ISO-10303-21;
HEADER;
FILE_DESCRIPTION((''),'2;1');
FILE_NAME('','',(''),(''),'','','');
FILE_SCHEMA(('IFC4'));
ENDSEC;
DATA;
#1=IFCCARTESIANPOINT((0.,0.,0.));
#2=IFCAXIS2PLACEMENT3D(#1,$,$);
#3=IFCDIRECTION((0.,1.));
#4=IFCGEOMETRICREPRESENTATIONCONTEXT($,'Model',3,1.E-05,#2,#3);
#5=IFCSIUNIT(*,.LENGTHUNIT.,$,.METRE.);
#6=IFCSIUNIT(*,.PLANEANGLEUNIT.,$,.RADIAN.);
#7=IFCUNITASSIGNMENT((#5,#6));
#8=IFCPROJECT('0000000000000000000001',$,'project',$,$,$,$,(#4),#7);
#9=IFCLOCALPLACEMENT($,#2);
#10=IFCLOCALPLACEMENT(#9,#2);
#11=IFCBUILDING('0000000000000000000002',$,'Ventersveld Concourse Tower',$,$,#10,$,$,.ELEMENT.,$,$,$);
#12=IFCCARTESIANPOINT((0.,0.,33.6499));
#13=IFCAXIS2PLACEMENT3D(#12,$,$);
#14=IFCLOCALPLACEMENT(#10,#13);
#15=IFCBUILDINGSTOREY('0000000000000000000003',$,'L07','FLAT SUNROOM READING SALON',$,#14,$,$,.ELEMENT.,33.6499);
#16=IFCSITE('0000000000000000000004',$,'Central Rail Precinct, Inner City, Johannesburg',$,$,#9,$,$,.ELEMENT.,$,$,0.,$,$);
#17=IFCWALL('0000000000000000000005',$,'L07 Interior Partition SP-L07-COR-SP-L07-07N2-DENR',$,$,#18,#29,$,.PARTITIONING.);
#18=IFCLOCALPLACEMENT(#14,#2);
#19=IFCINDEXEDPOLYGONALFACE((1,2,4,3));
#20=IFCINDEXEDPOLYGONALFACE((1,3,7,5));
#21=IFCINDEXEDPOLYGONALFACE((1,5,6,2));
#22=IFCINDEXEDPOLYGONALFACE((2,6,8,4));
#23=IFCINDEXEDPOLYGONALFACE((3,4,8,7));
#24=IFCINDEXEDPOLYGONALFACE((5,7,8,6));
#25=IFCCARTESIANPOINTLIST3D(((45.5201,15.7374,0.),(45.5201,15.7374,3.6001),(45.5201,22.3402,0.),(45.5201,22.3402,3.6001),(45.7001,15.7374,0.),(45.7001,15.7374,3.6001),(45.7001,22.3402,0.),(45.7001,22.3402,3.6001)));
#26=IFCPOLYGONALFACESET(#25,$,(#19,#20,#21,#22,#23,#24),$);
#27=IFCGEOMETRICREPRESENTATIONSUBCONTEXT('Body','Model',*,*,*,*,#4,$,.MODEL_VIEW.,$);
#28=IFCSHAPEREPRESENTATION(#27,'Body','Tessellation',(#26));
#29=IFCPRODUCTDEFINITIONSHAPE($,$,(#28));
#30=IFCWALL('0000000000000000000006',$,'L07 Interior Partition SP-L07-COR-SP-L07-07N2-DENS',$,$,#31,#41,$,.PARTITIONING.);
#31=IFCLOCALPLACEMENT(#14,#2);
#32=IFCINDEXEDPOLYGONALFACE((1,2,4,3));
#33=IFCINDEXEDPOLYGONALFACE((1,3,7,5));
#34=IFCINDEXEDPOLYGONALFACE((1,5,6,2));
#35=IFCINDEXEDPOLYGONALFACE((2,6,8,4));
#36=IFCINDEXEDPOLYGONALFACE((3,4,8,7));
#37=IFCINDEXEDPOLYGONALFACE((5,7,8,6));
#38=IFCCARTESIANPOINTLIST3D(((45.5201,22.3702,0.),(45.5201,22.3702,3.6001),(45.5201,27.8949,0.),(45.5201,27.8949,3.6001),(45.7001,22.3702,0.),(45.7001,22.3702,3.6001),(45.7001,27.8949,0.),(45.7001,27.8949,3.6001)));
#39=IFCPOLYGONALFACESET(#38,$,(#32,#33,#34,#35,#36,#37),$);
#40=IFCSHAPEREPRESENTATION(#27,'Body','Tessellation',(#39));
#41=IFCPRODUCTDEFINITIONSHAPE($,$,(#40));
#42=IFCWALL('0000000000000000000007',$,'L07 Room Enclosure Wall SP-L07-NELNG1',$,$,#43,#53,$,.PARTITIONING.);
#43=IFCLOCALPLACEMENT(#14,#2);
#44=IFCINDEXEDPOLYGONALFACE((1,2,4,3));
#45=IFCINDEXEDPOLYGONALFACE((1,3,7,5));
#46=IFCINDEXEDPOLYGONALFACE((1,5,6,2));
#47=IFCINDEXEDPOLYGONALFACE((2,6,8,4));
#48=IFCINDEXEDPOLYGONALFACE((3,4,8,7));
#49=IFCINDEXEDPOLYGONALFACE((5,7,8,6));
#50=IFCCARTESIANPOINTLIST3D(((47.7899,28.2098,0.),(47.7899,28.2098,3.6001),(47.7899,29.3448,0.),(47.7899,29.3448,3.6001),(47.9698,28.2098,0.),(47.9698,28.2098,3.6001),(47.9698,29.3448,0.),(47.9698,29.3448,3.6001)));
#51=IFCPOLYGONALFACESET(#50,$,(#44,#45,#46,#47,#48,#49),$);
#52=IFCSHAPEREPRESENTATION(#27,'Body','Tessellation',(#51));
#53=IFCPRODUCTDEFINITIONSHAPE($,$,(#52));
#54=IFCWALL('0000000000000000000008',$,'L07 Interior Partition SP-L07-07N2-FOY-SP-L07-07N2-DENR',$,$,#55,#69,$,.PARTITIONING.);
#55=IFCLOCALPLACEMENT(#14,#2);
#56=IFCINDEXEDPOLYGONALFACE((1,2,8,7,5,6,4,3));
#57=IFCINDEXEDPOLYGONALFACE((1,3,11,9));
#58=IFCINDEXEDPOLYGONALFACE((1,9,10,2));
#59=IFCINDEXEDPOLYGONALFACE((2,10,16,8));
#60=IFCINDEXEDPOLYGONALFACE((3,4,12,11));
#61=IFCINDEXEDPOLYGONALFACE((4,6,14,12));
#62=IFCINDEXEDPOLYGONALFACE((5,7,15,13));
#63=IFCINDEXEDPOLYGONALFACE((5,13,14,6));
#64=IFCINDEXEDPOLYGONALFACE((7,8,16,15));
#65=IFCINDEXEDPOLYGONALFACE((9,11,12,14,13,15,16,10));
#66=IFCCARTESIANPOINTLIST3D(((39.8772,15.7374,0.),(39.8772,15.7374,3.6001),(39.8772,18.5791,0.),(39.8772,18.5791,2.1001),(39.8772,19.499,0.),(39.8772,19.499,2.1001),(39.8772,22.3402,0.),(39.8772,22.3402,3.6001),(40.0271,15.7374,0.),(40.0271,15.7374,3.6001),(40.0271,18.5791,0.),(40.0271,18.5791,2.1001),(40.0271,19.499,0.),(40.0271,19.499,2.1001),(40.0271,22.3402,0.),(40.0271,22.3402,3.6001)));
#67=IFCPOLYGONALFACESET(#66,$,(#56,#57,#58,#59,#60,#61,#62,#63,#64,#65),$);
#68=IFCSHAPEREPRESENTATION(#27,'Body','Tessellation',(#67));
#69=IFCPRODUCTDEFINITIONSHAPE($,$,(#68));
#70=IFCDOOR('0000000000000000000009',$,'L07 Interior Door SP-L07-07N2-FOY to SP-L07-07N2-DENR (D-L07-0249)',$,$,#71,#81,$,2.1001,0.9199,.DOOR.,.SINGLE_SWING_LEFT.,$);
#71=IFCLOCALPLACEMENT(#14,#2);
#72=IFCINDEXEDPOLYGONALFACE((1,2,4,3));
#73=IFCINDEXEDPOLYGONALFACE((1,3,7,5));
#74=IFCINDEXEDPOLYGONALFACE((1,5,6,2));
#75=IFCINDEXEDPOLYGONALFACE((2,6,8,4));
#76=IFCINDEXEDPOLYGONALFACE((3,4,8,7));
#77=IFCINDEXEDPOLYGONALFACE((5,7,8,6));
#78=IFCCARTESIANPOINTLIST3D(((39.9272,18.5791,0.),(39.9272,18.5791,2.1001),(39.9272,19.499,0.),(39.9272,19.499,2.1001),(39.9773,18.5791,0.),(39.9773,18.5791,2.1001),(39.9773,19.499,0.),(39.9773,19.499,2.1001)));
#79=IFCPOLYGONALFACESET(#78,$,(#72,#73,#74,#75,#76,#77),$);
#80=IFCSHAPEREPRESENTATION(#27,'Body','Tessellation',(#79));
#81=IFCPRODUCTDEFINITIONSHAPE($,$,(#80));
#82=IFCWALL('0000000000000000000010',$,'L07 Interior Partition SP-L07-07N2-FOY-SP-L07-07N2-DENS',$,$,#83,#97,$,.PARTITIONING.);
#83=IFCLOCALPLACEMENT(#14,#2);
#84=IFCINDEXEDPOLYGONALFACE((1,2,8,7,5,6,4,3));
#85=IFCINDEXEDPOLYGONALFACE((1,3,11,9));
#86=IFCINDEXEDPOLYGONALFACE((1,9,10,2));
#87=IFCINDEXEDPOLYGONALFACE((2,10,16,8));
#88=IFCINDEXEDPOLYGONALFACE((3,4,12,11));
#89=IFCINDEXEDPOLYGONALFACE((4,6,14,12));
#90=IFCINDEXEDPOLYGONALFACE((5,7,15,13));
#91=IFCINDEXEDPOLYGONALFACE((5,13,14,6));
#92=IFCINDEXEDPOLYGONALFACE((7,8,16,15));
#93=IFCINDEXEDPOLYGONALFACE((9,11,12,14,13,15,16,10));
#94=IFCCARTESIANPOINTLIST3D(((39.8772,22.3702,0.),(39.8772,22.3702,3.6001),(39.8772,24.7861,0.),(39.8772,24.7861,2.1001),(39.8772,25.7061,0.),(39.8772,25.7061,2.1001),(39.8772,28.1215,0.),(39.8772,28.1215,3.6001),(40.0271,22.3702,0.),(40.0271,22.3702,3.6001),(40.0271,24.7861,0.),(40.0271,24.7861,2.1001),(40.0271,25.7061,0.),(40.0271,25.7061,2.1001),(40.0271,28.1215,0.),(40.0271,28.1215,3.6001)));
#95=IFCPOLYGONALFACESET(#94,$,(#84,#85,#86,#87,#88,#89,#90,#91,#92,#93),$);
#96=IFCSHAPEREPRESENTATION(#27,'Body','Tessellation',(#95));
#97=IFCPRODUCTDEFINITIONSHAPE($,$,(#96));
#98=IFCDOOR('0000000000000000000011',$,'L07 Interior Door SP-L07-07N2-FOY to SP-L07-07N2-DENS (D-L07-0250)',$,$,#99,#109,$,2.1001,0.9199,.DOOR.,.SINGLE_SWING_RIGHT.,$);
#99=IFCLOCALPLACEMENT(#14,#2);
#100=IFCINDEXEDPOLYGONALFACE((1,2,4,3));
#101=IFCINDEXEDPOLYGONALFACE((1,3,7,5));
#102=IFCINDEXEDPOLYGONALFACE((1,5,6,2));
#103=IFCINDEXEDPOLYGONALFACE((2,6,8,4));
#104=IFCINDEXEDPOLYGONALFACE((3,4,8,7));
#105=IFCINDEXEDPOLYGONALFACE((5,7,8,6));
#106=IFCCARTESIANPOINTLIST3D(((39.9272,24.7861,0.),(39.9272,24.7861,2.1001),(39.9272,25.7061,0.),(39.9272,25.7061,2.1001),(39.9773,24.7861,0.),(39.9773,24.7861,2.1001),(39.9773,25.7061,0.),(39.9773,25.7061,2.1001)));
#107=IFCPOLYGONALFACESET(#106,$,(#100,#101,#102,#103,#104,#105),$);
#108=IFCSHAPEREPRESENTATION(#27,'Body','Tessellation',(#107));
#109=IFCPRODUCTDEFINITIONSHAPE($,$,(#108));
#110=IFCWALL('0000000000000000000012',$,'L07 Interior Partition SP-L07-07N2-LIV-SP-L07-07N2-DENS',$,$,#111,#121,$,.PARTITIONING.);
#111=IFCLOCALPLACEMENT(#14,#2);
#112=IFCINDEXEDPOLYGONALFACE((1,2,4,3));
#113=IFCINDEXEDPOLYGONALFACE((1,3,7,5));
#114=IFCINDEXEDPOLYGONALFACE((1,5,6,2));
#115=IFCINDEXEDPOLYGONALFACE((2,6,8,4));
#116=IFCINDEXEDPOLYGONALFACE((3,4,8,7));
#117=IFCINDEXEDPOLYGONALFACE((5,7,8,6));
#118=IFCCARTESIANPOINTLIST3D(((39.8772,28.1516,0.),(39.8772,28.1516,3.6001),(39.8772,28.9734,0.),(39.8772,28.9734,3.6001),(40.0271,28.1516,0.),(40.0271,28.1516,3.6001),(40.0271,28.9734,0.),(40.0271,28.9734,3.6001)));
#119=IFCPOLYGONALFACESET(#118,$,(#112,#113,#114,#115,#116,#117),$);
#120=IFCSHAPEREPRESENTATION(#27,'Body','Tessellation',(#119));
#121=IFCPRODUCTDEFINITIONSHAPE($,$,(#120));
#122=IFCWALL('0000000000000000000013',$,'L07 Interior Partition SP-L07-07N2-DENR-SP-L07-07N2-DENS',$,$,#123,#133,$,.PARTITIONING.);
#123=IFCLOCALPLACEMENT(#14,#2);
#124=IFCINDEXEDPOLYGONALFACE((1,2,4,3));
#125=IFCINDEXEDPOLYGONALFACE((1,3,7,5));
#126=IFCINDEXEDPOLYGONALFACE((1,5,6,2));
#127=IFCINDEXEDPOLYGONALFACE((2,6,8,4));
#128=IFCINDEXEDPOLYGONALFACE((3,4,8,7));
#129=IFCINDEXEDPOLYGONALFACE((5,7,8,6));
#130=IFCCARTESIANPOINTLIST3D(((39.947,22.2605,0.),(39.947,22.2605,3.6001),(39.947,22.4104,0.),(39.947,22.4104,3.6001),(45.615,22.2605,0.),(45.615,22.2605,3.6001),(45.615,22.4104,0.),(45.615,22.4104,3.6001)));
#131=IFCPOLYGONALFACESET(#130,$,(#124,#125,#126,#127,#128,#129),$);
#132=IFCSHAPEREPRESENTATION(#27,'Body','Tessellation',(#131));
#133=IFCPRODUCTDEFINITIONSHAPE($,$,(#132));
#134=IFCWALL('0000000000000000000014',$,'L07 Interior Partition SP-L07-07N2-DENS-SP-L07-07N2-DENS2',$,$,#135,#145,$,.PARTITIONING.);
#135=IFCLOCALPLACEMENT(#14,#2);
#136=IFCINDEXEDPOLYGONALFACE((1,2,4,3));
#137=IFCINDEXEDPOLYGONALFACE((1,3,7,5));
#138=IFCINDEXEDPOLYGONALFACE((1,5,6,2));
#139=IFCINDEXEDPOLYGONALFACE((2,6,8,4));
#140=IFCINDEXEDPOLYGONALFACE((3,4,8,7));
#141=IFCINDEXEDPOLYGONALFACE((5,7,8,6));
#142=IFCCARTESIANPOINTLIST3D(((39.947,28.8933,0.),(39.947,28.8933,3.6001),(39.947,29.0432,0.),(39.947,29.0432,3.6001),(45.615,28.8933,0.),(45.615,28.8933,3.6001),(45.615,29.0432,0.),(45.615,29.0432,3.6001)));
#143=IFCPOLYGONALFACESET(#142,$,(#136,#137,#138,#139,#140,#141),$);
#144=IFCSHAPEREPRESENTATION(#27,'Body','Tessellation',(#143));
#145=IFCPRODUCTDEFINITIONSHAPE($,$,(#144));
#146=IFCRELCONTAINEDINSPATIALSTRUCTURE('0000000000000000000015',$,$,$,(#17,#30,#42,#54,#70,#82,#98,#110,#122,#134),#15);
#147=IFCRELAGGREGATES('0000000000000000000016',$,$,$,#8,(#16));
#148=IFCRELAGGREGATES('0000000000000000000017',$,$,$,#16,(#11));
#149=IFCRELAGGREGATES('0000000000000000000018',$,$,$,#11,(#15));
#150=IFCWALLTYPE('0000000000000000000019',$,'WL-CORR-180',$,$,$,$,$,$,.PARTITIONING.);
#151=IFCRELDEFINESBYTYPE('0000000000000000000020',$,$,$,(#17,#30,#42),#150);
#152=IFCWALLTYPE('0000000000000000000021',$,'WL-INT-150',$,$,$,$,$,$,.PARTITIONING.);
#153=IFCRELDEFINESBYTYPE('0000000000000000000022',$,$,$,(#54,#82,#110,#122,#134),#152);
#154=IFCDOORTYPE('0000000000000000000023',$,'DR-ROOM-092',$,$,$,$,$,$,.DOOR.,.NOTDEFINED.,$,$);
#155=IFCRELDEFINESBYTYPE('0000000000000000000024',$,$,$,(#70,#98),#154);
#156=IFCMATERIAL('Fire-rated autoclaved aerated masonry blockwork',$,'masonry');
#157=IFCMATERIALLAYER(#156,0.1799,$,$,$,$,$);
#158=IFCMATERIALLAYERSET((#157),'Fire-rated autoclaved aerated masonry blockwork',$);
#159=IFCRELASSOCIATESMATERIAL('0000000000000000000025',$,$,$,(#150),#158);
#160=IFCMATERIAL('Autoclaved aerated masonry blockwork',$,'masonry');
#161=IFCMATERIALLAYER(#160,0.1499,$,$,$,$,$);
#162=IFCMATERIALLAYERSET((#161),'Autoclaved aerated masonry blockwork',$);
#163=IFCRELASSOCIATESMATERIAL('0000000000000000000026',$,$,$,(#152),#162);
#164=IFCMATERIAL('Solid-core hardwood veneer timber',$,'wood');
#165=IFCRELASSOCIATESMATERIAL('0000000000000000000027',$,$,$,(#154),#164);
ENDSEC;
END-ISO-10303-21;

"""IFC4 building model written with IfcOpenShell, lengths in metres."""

from ifc_helpers import new_model, si_unit, direction, frame, frame_2d, origin, place, context, subcontext, project, spatial, rectangle, extrude, material, layer, layer_set, type_object, element, fill, save


model = new_model("IFC4")

# Units and contexts
model_context = context("Model", 3, precision=1e-05, world=origin(), true_north=direction((0.0, 1.0)))
body_context = subcontext(model_context, "Body", "Model", "MODEL_VIEW")
ifc_project = project(units=[si_unit("LENGTHUNIT", "METRE"), si_unit("PLANEANGLEUNIT", "RADIAN")], contexts=[model_context])

# Site, building, storey
site_placement = place(None, origin())
site = spatial("IfcSite", under=ifc_project, at=site_placement, Name="Central Rail Precinct, Inner City, Johannesburg", CompositionType="ELEMENT", RefElevation=0.0)
building_placement = place(site_placement, origin())
building = spatial("IfcBuilding", under=site, at=building_placement, Name="Ventersveld Concourse Tower", CompositionType="ELEMENT")
storey_placement = place(building_placement, frame((0.0, 0.0, 33.6499)))
storey = spatial("IfcBuildingStorey", under=building, at=storey_placement, Name="L07", Description="FLAT SUNROOM READING SALON", CompositionType="ELEMENT", Elevation=33.6499)

# Walls
ifc_material_1 = material(Name="Fire-rated autoclaved aerated masonry blockwork", Category="masonry")
ifc_layer_1 = layer(ifc_material_1, 0.1799)
ifc_layer_set_1 = layer_set([ifc_layer_1], Name="Fire-rated autoclaved aerated masonry blockwork")
wall_type_1 = type_object("IfcWallType", Name="WL-CORR-180", PredefinedType="PARTITIONING", material=ifc_layer_set_1)
wall_1_placement = place(storey_placement, frame((45.6101, 15.7375, 0.0), z_axis=(0.0, 0.0, 1.0), x_axis=(0.0, 1.0, 0.0)))
element("IfcWall", 1, at=wall_1_placement, inside=storey, type_object=wall_type_1, Name="L07 Interior Partition SP-L07-COR-SP-L07-07N2-DENR", PredefinedType="PARTITIONING", context=body_context, shape_type="SweptSolid", body=[
    extrude(rectangle(XDim=6.6028, YDim=0.1799, at=frame_2d((3.3013, 0.0))), origin(), (0.0, 0.0, 1.0), 3.6001),
])
wall_2_placement = place(storey_placement, frame((45.6101, 22.3704, 0.0), z_axis=(0.0, 0.0, 1.0), x_axis=(0.0, 1.0, 0.0)))
element("IfcWall", 2, at=wall_2_placement, inside=storey, type_object=wall_type_1, Name="L07 Interior Partition SP-L07-COR-SP-L07-07N2-DENS", PredefinedType="PARTITIONING", context=body_context, shape_type="SweptSolid", body=[
    extrude(rectangle(XDim=5.5247, YDim=0.1799, at=frame_2d((2.7622, 0.0))), origin(), (0.0, 0.0, 1.0), 3.6001),
])
wall_3_placement = place(storey_placement, frame((47.8799, 28.21, 0.0), z_axis=(0.0, 0.0, 1.0), x_axis=(0.0, 1.0, 0.0)))
element("IfcWall", 3, at=wall_3_placement, inside=storey, type_object=wall_type_1, Name="L07 Room Enclosure Wall SP-L07-NELNG1", PredefinedType="PARTITIONING", context=body_context, shape_type="SweptSolid", body=[
    extrude(rectangle(XDim=1.135, YDim=0.1799, at=frame_2d((0.5674, 0.0))), origin(), (0.0, 0.0, 1.0), 3.6001),
])

# Walls, openings, doors
ifc_material_2 = material(Name="Autoclaved aerated masonry blockwork", Category="masonry")
ifc_layer_2 = layer(ifc_material_2, 0.1499)
ifc_layer_set_2 = layer_set([ifc_layer_2], Name="Autoclaved aerated masonry blockwork")
wall_type_2 = type_object("IfcWallType", Name="WL-INT-150", PredefinedType="PARTITIONING", material=ifc_layer_set_2)
wall_4_placement = place(storey_placement, frame((39.9521, 15.7375, 0.0), z_axis=(0.0, 0.0, 1.0), x_axis=(0.0, 1.0, 0.0)))
wall_4 = element("IfcWall", 4, at=wall_4_placement, inside=storey, type_object=wall_type_2, Name="L07 Interior Partition SP-L07-07N2-FOY-SP-L07-07N2-DENR", PredefinedType="PARTITIONING", context=body_context, shape_type="SweptSolid", body=[
    extrude(rectangle(XDim=6.6028, YDim=0.1499, at=frame_2d((3.3013, 0.0))), origin(), (0.0, 0.0, 1.0), 3.6001),
])
opening_1_placement = place(wall_4_placement, frame((2.8416, 0.0, 0.0)))
opening_1 = element("IfcOpeningElement", 5, at=opening_1_placement, cuts=wall_4, PredefinedType="OPENING", context=body_context, shape_type="SweptSolid", body=[
    extrude(rectangle(XDim=0.9199, YDim=2.1001, at=frame_2d((0.46, 1.05))), frame((0.0, 0.085, 0.0), z_axis=(0.0, -1.0, 0.0), x_axis=(1.0, 0.0, 0.0)), (0.0, 0.0, 1.0), 0.1699),
])
ifc_material_3 = material(Name="Solid-core hardwood veneer timber", Category="wood")
door_type = type_object("IfcDoorType", Name="DR-ROOM-092", OperationType="NOTDEFINED", PredefinedType="DOOR", material=ifc_material_3)
door_1_placement = place(opening_1_placement, origin())
door_1 = element("IfcDoor", 6, at=door_1_placement, inside=storey, type_object=door_type, Name="L07 Interior Door SP-L07-07N2-FOY to SP-L07-07N2-DENR (D-L07-0249)", OperationType="SINGLE_SWING_LEFT", OverallHeight=2.1001, OverallWidth=0.9199, PredefinedType="DOOR", context=body_context, shape_type="SweptSolid", body=[
    extrude(rectangle(XDim=0.9199, YDim=2.1001, at=frame_2d((0.46, 1.05))), frame((0.0, 0.0249, 0.0), z_axis=(0.0, -1.0, 0.0), x_axis=(1.0, 0.0, 0.0)), (0.0, 0.0, 1.0), 0.05),
])
fill(opening_1, door_1)
wall_5_placement = place(storey_placement, frame((39.9521, 22.3704, 0.0), z_axis=(0.0, 0.0, 1.0), x_axis=(0.0, 1.0, 0.0)))
wall_5 = element("IfcWall", 7, at=wall_5_placement, inside=storey, type_object=wall_type_2, Name="L07 Interior Partition SP-L07-07N2-FOY-SP-L07-07N2-DENS", PredefinedType="PARTITIONING", context=body_context, shape_type="SweptSolid", body=[
    extrude(rectangle(XDim=5.7512, YDim=0.1499, at=frame_2d((2.8755, 0.0))), origin(), (0.0, 0.0, 1.0), 3.6001),
])
opening_2_placement = place(wall_5_placement, frame((2.4158, 0.0, 0.0)))
opening_2 = element("IfcOpeningElement", 8, at=opening_2_placement, cuts=wall_5, PredefinedType="OPENING", context=body_context, shape_type="SweptSolid", body=[
    extrude(rectangle(XDim=0.9199, YDim=2.1001, at=frame_2d((0.46, 1.05))), frame((0.0, 0.085, 0.0), z_axis=(0.0, -1.0, 0.0), x_axis=(1.0, 0.0, 0.0)), (0.0, 0.0, 1.0), 0.1699),
])
door_2_placement = place(opening_2_placement, origin())
door_2 = element("IfcDoor", 9, at=door_2_placement, inside=storey, type_object=door_type, Name="L07 Interior Door SP-L07-07N2-FOY to SP-L07-07N2-DENS (D-L07-0250)", OperationType="SINGLE_SWING_RIGHT", OverallHeight=2.1001, OverallWidth=0.9199, PredefinedType="DOOR", context=body_context, shape_type="SweptSolid", body=[
    extrude(rectangle(XDim=0.9199, YDim=2.1001, at=frame_2d((0.46, 1.05))), frame((0.0, 0.0249, 0.0), z_axis=(0.0, -1.0, 0.0), x_axis=(1.0, 0.0, 0.0)), (0.0, 0.0, 1.0), 0.05),
])
fill(opening_2, door_2)

# Walls
wall_6_placement = place(storey_placement, frame((39.9521, 28.1516, 0.0), z_axis=(0.0, 0.0, 1.0), x_axis=(0.0, 1.0, 0.0)))
element("IfcWall", 10, at=wall_6_placement, inside=storey, type_object=wall_type_2, Name="L07 Interior Partition SP-L07-07N2-LIV-SP-L07-07N2-DENS", PredefinedType="PARTITIONING", context=body_context, shape_type="SweptSolid", body=[
    extrude(rectangle(XDim=0.8218, YDim=0.1499, at=frame_2d((0.4109, 0.0))), origin(), (0.0, 0.0, 1.0), 3.6001),
])
for number, where, z_axis, x_axis, name in (
    (11, (39.947, 22.3354, 0.0), (0.0, 0.0, 1.0), (1.0, 0.0, 0.0), "L07 Interior Partition SP-L07-07N2-DENR-SP-L07-07N2-DENS"),
    (12, (39.947, 28.9683, 0.0), (0.0, 0.0, 1.0), (1.0, 0.0, 0.0), "L07 Interior Partition SP-L07-07N2-DENS-SP-L07-07N2-DENS2"),
):
    element("IfcWall", number, at=place(storey_placement, frame(where, z_axis=z_axis, x_axis=x_axis)), inside=storey, type_object=wall_type_2, Name=name, PredefinedType="PARTITIONING", context=body_context, shape_type="SweptSolid", body=[
        extrude(rectangle(XDim=5.668, YDim=0.1499, at=frame_2d((2.834, 0.0))), origin(), (0.0, 0.0, 1.0), 3.6001),
    ])

save(model, "model.ifc")
